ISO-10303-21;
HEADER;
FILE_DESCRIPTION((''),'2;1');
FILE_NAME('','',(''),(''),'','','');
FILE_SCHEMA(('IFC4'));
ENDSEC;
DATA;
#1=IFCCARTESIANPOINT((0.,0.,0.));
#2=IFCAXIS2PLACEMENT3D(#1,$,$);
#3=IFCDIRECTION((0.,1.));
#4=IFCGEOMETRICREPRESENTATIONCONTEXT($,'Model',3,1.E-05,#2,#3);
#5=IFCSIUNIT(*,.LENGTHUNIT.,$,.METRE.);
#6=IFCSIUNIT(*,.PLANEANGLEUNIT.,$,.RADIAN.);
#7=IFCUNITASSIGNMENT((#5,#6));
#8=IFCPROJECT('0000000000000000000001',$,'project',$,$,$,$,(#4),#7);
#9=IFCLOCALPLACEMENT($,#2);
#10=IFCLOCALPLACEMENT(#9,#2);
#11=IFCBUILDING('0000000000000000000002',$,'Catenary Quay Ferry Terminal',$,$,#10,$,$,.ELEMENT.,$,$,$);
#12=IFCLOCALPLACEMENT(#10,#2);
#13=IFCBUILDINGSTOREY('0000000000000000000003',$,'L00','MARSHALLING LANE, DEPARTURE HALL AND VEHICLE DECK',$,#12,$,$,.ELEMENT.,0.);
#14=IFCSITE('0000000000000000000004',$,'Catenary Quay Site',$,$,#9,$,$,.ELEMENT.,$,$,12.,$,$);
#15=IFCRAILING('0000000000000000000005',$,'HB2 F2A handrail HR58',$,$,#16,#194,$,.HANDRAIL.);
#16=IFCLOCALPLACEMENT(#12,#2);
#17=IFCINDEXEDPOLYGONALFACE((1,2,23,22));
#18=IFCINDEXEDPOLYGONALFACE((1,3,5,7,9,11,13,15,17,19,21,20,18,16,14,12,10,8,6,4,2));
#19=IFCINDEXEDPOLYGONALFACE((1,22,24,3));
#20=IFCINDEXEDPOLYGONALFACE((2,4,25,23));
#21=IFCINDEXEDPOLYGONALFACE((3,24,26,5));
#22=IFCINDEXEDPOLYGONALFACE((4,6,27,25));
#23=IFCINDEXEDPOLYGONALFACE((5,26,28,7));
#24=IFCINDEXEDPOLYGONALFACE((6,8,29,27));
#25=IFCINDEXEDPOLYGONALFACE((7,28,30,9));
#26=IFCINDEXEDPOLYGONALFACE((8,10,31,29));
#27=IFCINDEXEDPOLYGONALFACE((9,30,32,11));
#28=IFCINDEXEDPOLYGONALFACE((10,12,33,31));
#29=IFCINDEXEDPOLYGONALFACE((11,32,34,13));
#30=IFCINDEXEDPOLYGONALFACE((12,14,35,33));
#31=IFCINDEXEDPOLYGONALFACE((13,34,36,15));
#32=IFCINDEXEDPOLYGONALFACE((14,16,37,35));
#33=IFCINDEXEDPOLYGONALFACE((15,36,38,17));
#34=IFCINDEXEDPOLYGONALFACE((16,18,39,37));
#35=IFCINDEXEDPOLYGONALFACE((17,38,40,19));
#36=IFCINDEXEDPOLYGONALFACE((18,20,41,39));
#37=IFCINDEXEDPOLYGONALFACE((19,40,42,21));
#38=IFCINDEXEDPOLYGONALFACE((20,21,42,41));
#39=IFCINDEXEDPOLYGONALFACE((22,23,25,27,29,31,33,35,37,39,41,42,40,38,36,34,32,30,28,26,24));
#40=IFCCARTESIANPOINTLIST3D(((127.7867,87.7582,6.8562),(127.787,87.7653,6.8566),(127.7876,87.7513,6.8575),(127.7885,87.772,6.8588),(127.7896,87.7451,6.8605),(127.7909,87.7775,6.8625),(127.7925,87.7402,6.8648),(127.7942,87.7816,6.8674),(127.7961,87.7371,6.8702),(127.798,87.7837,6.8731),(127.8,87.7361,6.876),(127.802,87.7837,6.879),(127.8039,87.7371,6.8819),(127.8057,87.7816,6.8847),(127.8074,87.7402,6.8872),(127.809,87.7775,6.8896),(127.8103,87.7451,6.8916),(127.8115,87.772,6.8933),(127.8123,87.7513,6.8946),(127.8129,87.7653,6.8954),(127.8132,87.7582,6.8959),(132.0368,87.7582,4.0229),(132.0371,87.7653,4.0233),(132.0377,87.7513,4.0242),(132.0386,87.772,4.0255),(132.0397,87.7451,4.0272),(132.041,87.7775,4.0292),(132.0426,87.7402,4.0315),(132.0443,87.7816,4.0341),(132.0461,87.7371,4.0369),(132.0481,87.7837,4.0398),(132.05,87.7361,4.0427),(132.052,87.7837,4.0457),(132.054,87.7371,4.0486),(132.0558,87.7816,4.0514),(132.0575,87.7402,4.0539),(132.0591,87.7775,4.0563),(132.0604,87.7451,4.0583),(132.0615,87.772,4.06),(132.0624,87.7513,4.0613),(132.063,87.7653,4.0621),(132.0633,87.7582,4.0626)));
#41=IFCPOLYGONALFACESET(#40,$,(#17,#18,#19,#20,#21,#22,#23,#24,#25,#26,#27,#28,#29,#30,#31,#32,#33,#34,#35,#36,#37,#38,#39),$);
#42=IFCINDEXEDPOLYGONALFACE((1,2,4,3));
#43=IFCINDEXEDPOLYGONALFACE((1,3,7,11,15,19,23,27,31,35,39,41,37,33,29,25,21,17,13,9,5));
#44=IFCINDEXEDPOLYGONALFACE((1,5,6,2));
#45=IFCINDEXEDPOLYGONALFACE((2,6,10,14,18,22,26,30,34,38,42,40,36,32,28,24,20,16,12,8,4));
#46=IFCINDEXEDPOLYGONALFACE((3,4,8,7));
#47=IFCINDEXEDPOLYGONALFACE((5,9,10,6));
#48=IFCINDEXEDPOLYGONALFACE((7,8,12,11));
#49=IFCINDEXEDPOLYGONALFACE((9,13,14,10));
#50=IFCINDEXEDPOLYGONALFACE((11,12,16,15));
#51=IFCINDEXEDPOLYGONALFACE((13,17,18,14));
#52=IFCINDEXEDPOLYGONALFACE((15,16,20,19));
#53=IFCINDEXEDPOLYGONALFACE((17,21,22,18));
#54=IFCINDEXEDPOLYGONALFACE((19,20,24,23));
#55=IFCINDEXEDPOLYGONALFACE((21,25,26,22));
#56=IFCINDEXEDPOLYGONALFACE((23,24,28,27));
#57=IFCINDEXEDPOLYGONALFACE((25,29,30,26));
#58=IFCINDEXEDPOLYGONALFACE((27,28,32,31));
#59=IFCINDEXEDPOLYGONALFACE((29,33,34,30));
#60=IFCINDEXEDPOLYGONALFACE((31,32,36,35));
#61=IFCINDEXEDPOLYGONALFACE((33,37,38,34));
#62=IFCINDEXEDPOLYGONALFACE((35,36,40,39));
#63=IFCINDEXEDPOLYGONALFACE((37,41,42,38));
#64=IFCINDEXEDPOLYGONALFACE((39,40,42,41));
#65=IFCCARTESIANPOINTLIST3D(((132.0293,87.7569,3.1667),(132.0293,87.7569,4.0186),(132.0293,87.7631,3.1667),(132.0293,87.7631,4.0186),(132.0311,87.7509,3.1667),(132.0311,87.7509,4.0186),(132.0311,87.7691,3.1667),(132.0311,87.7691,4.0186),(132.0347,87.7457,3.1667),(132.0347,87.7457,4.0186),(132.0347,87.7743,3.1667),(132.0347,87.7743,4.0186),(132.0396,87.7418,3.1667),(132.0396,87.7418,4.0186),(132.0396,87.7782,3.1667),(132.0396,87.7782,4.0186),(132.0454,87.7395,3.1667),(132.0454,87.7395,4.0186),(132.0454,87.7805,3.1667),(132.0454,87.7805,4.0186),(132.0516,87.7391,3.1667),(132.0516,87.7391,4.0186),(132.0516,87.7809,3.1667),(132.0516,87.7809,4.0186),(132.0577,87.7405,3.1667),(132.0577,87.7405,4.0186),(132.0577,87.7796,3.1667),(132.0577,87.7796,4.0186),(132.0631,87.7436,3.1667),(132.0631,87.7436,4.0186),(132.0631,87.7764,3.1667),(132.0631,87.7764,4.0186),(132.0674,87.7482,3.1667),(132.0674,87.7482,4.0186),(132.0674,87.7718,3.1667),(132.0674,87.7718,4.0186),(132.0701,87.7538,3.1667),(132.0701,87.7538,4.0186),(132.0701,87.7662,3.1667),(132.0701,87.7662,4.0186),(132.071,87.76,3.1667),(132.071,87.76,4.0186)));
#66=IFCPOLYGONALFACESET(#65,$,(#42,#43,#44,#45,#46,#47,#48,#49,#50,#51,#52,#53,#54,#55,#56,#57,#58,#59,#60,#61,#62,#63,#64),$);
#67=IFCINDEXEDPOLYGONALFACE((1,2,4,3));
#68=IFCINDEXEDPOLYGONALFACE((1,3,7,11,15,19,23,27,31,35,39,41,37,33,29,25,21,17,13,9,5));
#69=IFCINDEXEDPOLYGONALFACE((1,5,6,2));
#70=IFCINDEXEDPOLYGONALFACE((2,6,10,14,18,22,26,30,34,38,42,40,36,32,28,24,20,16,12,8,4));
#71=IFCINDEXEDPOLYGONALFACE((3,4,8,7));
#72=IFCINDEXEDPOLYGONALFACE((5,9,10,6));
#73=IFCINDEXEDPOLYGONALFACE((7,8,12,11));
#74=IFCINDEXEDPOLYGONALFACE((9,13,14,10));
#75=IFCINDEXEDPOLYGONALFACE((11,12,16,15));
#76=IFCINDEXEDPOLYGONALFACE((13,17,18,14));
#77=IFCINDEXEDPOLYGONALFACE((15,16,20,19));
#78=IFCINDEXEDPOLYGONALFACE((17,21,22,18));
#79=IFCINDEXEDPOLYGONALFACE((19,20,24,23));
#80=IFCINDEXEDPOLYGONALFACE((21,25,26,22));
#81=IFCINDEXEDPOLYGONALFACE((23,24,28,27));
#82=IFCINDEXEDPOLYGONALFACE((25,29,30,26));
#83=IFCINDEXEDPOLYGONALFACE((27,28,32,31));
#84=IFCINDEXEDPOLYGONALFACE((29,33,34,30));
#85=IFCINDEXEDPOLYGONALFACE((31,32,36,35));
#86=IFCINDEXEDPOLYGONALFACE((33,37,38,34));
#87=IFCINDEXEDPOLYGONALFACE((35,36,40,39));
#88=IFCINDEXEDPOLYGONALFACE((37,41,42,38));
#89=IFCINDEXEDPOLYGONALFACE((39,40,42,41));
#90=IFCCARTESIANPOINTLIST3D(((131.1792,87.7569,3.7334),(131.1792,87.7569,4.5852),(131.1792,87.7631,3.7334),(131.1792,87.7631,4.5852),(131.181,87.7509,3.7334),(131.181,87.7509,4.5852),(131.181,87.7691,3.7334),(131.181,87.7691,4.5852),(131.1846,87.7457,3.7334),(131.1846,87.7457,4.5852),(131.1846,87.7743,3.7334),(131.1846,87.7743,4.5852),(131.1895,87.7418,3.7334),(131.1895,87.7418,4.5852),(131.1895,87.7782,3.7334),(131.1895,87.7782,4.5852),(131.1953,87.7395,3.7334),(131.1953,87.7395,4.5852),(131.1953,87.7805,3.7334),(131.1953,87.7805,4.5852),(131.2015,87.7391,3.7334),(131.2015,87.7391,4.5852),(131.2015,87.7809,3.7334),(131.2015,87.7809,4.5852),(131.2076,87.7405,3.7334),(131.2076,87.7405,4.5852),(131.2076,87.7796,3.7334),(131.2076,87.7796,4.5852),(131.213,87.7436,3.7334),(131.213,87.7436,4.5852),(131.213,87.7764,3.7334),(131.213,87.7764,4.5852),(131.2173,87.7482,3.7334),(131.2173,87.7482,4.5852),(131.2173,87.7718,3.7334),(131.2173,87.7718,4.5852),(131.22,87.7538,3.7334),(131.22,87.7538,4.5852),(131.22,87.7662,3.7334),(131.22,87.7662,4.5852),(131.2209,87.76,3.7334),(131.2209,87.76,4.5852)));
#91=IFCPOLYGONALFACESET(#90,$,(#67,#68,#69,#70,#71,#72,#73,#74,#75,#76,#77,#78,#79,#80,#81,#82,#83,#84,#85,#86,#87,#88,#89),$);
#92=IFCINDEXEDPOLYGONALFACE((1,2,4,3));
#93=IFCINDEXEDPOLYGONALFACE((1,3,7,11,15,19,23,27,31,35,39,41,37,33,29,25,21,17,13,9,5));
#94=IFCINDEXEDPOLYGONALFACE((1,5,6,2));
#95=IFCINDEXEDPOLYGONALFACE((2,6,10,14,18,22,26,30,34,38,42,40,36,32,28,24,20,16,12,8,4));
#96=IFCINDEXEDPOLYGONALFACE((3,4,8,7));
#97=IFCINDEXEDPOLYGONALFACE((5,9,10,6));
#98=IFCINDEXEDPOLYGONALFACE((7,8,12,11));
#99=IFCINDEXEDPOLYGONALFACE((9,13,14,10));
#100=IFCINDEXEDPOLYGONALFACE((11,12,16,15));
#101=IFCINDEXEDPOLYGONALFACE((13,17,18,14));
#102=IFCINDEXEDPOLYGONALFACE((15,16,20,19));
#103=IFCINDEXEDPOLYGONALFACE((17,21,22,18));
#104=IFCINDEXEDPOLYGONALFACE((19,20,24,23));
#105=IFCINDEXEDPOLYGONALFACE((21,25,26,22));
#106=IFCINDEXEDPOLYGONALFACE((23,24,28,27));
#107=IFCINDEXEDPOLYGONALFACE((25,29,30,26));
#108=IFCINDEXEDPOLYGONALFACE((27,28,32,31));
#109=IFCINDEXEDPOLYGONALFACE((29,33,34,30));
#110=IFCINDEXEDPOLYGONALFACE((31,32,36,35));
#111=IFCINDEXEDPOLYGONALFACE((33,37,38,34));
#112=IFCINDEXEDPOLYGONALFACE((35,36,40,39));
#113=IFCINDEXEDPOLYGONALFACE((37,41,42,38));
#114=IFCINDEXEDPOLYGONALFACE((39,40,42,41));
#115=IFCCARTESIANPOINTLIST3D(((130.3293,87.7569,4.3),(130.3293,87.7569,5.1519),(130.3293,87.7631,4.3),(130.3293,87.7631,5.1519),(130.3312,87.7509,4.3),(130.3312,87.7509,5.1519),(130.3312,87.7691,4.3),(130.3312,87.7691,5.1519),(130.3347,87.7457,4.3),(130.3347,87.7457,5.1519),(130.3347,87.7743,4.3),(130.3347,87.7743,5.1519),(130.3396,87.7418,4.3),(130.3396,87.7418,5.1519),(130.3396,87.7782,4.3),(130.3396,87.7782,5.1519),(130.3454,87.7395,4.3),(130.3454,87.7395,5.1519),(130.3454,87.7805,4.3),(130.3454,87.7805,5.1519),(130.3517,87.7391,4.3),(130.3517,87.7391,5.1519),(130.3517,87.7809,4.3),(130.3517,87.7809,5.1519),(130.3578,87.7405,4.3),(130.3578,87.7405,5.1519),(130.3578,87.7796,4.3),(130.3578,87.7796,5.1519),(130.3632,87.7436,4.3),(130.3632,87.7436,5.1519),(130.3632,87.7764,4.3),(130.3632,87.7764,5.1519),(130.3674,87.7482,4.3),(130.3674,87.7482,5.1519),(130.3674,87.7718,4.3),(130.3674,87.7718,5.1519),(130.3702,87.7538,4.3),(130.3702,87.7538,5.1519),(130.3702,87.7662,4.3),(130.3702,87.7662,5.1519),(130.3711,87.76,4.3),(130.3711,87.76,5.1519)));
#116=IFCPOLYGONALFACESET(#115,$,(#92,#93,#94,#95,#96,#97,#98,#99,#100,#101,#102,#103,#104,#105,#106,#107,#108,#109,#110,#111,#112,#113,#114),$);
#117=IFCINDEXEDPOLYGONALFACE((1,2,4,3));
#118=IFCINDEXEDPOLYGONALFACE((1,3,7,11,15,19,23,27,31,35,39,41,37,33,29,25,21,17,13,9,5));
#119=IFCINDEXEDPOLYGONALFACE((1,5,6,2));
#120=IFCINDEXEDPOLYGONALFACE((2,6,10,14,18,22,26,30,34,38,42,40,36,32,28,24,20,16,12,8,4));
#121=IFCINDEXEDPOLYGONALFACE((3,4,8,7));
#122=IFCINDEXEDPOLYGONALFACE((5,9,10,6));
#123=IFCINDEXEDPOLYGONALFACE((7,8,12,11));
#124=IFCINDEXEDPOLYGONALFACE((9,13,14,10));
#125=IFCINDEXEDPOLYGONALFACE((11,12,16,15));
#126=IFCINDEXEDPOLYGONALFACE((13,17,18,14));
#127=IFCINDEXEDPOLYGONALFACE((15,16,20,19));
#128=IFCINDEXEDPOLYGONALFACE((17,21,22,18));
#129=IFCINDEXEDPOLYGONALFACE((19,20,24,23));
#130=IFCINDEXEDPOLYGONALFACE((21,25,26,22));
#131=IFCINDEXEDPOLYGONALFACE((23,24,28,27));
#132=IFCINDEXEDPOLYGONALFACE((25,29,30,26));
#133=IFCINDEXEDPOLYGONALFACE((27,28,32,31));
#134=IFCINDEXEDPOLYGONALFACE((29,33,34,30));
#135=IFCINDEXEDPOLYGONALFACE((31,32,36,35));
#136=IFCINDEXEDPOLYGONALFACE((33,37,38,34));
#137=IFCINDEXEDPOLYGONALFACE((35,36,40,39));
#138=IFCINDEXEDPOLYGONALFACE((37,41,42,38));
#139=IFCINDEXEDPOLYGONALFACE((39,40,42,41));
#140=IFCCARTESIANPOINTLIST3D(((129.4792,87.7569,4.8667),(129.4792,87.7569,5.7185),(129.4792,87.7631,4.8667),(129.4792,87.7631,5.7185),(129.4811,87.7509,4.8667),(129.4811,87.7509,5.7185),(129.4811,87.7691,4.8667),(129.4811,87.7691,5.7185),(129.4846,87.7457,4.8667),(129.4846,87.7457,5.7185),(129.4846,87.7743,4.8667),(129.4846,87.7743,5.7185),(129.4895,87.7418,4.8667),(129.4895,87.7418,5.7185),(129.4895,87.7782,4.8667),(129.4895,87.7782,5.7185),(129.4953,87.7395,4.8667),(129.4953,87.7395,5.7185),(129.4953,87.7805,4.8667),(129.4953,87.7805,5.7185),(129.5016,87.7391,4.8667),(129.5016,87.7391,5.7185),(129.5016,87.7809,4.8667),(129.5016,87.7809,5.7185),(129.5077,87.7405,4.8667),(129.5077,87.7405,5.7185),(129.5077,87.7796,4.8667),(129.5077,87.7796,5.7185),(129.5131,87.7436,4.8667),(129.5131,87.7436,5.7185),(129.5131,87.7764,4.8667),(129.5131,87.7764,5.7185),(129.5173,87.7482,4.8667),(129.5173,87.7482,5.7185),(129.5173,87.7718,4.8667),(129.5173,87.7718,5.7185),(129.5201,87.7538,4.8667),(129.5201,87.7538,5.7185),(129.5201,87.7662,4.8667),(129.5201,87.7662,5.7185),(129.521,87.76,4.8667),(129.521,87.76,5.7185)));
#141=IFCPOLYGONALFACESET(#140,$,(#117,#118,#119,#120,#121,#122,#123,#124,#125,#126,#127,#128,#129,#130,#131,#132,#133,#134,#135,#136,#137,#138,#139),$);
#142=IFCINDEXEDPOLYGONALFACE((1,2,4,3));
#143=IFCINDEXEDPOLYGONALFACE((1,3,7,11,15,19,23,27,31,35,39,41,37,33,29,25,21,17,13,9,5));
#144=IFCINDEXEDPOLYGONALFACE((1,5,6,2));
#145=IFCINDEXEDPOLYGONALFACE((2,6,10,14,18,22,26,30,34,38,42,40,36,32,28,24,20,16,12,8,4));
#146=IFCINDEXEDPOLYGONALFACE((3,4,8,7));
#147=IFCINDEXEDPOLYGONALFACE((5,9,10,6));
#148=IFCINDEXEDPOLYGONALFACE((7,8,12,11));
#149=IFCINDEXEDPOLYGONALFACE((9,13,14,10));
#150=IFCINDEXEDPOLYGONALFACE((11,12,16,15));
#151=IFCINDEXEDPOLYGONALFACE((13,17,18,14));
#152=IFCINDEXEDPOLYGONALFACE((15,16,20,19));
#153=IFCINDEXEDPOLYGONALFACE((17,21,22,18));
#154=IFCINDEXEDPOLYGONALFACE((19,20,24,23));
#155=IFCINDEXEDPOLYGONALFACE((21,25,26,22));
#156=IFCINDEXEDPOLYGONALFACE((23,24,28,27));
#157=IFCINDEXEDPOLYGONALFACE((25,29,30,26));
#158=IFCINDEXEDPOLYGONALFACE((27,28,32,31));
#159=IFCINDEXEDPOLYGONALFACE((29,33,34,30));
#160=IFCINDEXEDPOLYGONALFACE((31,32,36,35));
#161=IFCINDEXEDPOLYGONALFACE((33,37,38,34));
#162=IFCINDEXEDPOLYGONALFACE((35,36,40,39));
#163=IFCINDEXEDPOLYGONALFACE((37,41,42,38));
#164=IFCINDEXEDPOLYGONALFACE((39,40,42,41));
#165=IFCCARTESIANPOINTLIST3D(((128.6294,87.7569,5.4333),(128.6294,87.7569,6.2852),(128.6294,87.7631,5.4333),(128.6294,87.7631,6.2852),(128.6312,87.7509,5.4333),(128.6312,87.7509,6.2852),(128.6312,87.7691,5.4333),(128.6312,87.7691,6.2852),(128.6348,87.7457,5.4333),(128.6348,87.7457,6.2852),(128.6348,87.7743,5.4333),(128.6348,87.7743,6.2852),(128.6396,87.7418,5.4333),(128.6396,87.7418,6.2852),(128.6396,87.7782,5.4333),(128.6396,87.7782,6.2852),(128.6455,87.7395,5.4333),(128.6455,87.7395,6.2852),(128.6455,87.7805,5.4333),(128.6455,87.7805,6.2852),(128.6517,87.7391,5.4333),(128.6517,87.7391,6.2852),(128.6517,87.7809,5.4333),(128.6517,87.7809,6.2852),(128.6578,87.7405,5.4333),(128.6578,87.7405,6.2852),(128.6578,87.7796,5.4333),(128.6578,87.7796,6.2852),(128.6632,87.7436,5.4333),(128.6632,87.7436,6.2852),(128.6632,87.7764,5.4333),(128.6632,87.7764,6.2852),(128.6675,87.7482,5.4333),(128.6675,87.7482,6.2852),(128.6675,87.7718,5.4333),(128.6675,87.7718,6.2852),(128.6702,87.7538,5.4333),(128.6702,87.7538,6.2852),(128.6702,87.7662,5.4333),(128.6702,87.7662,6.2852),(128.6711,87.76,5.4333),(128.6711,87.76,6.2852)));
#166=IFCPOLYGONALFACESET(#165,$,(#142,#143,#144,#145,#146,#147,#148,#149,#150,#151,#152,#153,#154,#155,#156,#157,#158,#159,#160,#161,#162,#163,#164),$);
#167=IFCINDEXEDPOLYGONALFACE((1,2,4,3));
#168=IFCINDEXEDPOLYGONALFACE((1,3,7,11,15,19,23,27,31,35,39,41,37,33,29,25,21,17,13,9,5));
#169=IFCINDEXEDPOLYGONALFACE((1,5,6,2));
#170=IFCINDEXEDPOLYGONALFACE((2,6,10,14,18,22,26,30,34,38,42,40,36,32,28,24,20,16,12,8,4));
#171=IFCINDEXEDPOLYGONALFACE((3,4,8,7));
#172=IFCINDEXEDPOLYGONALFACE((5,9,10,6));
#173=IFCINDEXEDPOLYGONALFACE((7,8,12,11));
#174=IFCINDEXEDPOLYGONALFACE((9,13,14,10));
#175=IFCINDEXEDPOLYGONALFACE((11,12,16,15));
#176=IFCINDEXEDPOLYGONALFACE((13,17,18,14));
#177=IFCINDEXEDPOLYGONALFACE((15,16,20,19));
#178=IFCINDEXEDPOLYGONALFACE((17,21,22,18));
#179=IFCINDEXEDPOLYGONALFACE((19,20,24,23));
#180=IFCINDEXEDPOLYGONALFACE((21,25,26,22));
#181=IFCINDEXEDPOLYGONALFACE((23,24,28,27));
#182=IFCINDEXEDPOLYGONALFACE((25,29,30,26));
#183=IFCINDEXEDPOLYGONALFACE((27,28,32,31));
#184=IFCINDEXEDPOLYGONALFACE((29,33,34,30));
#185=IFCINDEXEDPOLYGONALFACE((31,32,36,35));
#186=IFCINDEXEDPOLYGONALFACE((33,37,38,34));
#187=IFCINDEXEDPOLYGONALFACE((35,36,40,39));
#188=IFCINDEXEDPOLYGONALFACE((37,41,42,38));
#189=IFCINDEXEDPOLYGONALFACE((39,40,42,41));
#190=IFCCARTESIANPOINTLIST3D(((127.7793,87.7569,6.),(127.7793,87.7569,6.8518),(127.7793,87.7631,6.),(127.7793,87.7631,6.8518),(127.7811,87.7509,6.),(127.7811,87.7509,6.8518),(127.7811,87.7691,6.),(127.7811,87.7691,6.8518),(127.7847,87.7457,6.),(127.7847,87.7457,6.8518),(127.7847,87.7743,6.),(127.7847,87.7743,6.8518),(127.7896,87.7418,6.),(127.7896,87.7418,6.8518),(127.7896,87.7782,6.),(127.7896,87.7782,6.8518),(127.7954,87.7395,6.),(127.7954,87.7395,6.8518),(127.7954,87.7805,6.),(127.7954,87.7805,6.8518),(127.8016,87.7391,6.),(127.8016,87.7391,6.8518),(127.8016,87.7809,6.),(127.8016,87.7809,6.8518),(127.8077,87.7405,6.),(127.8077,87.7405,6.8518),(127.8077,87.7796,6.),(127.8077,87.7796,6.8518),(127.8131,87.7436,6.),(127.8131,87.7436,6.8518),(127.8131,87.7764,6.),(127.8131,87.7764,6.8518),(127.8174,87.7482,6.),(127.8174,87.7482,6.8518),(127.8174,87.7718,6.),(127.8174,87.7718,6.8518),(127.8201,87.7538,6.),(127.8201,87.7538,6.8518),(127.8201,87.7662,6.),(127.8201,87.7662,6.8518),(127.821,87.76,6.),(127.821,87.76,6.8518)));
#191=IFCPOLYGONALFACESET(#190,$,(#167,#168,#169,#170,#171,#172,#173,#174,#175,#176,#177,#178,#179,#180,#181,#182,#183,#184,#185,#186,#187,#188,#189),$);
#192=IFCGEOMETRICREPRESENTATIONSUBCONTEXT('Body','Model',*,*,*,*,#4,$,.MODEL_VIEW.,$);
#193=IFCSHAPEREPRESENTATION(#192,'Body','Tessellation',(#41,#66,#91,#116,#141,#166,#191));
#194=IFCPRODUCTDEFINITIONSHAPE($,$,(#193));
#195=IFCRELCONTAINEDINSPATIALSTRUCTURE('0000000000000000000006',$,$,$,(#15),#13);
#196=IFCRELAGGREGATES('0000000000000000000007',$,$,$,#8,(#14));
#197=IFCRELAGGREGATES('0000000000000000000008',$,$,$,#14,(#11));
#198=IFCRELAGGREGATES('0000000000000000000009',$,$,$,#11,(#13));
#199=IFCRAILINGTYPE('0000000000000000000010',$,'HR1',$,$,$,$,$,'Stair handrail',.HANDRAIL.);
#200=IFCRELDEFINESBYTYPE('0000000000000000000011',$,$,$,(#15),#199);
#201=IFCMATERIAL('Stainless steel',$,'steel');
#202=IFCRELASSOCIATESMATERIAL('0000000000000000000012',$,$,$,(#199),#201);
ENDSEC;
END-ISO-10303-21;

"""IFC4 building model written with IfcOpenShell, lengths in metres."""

from ifc_helpers import new_model, si_unit, direction, frame, origin, origin_2d, place, context, subcontext, project, spatial, circle, extrude, material, type_object, element, save


model = new_model("IFC4")

# Units and contexts
model_context = context("Model", 3, precision=1e-05, world=origin(), true_north=direction((0.0, 1.0)))
body_context = subcontext(model_context, "Body", "Model", "MODEL_VIEW")
ifc_project = project(units=[si_unit("LENGTHUNIT", "METRE"), si_unit("PLANEANGLEUNIT", "RADIAN")], contexts=[model_context])

# Site, building, storey
site_placement = place(None, origin())
site = spatial("IfcSite", under=ifc_project, at=site_placement, Name="Catenary Quay Site", CompositionType="ELEMENT", RefElevation=12.0)
building_placement = place(site_placement, origin())
building = spatial("IfcBuilding", under=site, at=building_placement, Name="Catenary Quay Ferry Terminal", CompositionType="ELEMENT")
storey_placement = place(building_placement, origin())
storey = spatial("IfcBuildingStorey", under=building, at=storey_placement, Name="L00", Description="MARSHALLING LANE, DEPARTURE HALL AND VEHICLE DECK", CompositionType="ELEMENT", Elevation=0.0)

# Railing
ifc_material_1 = material(Name="Stainless steel", Category="steel")
railing_type = type_object("IfcRailingType", Name="HR1", ElementType="Stair handrail", PredefinedType="HANDRAIL", material=ifc_material_1)
for number, where, name in (
    (1, (132.05, 87.76, 3.1667), "HB2 F2A handrail HR58"),
):
    element("IfcRailing", number, at=place(storey_placement, frame(where)), inside=storey, type_object=railing_type, Name=name, PredefinedType="HANDRAIL", context=body_context, shape_type="SweptSolid", body=[
        extrude(circle(Radius=0.0239, at=origin_2d()), frame((0.0, 0.0, 0.876), z_axis=(-0.832058, 0.0, 0.554689), x_axis=(0.0, -1.0, 0.0)), (0.0, 0.0, 1.0), 5.1079),
        extrude(circle(Radius=0.021, at=origin_2d()), origin(), (0.0, 0.0, 1.0), 0.8518),
        extrude(circle(Radius=0.021, at=origin_2d()), frame((-0.8501, 0.0, 0.5667)), (0.0, 0.0, 1.0), 0.8518),
        extrude(circle(Radius=0.021, at=origin_2d()), frame((-1.7, 0.0, 1.1333)), (0.0, 0.0, 1.0), 0.8518),
        extrude(circle(Radius=0.021, at=origin_2d()), frame((-2.55, 0.0, 1.7)), (0.0, 0.0, 1.0), 0.8518),
        extrude(circle(Radius=0.021, at=origin_2d()), frame((-3.3999, 0.0, 2.2666)), (0.0, 0.0, 1.0), 0.8518),
        extrude(circle(Radius=0.021, at=origin_2d()), frame((-4.25, 0.0, 2.8333)), (0.0, 0.0, 1.0), 0.8518),
    ])

save(model, "model.ifc")
